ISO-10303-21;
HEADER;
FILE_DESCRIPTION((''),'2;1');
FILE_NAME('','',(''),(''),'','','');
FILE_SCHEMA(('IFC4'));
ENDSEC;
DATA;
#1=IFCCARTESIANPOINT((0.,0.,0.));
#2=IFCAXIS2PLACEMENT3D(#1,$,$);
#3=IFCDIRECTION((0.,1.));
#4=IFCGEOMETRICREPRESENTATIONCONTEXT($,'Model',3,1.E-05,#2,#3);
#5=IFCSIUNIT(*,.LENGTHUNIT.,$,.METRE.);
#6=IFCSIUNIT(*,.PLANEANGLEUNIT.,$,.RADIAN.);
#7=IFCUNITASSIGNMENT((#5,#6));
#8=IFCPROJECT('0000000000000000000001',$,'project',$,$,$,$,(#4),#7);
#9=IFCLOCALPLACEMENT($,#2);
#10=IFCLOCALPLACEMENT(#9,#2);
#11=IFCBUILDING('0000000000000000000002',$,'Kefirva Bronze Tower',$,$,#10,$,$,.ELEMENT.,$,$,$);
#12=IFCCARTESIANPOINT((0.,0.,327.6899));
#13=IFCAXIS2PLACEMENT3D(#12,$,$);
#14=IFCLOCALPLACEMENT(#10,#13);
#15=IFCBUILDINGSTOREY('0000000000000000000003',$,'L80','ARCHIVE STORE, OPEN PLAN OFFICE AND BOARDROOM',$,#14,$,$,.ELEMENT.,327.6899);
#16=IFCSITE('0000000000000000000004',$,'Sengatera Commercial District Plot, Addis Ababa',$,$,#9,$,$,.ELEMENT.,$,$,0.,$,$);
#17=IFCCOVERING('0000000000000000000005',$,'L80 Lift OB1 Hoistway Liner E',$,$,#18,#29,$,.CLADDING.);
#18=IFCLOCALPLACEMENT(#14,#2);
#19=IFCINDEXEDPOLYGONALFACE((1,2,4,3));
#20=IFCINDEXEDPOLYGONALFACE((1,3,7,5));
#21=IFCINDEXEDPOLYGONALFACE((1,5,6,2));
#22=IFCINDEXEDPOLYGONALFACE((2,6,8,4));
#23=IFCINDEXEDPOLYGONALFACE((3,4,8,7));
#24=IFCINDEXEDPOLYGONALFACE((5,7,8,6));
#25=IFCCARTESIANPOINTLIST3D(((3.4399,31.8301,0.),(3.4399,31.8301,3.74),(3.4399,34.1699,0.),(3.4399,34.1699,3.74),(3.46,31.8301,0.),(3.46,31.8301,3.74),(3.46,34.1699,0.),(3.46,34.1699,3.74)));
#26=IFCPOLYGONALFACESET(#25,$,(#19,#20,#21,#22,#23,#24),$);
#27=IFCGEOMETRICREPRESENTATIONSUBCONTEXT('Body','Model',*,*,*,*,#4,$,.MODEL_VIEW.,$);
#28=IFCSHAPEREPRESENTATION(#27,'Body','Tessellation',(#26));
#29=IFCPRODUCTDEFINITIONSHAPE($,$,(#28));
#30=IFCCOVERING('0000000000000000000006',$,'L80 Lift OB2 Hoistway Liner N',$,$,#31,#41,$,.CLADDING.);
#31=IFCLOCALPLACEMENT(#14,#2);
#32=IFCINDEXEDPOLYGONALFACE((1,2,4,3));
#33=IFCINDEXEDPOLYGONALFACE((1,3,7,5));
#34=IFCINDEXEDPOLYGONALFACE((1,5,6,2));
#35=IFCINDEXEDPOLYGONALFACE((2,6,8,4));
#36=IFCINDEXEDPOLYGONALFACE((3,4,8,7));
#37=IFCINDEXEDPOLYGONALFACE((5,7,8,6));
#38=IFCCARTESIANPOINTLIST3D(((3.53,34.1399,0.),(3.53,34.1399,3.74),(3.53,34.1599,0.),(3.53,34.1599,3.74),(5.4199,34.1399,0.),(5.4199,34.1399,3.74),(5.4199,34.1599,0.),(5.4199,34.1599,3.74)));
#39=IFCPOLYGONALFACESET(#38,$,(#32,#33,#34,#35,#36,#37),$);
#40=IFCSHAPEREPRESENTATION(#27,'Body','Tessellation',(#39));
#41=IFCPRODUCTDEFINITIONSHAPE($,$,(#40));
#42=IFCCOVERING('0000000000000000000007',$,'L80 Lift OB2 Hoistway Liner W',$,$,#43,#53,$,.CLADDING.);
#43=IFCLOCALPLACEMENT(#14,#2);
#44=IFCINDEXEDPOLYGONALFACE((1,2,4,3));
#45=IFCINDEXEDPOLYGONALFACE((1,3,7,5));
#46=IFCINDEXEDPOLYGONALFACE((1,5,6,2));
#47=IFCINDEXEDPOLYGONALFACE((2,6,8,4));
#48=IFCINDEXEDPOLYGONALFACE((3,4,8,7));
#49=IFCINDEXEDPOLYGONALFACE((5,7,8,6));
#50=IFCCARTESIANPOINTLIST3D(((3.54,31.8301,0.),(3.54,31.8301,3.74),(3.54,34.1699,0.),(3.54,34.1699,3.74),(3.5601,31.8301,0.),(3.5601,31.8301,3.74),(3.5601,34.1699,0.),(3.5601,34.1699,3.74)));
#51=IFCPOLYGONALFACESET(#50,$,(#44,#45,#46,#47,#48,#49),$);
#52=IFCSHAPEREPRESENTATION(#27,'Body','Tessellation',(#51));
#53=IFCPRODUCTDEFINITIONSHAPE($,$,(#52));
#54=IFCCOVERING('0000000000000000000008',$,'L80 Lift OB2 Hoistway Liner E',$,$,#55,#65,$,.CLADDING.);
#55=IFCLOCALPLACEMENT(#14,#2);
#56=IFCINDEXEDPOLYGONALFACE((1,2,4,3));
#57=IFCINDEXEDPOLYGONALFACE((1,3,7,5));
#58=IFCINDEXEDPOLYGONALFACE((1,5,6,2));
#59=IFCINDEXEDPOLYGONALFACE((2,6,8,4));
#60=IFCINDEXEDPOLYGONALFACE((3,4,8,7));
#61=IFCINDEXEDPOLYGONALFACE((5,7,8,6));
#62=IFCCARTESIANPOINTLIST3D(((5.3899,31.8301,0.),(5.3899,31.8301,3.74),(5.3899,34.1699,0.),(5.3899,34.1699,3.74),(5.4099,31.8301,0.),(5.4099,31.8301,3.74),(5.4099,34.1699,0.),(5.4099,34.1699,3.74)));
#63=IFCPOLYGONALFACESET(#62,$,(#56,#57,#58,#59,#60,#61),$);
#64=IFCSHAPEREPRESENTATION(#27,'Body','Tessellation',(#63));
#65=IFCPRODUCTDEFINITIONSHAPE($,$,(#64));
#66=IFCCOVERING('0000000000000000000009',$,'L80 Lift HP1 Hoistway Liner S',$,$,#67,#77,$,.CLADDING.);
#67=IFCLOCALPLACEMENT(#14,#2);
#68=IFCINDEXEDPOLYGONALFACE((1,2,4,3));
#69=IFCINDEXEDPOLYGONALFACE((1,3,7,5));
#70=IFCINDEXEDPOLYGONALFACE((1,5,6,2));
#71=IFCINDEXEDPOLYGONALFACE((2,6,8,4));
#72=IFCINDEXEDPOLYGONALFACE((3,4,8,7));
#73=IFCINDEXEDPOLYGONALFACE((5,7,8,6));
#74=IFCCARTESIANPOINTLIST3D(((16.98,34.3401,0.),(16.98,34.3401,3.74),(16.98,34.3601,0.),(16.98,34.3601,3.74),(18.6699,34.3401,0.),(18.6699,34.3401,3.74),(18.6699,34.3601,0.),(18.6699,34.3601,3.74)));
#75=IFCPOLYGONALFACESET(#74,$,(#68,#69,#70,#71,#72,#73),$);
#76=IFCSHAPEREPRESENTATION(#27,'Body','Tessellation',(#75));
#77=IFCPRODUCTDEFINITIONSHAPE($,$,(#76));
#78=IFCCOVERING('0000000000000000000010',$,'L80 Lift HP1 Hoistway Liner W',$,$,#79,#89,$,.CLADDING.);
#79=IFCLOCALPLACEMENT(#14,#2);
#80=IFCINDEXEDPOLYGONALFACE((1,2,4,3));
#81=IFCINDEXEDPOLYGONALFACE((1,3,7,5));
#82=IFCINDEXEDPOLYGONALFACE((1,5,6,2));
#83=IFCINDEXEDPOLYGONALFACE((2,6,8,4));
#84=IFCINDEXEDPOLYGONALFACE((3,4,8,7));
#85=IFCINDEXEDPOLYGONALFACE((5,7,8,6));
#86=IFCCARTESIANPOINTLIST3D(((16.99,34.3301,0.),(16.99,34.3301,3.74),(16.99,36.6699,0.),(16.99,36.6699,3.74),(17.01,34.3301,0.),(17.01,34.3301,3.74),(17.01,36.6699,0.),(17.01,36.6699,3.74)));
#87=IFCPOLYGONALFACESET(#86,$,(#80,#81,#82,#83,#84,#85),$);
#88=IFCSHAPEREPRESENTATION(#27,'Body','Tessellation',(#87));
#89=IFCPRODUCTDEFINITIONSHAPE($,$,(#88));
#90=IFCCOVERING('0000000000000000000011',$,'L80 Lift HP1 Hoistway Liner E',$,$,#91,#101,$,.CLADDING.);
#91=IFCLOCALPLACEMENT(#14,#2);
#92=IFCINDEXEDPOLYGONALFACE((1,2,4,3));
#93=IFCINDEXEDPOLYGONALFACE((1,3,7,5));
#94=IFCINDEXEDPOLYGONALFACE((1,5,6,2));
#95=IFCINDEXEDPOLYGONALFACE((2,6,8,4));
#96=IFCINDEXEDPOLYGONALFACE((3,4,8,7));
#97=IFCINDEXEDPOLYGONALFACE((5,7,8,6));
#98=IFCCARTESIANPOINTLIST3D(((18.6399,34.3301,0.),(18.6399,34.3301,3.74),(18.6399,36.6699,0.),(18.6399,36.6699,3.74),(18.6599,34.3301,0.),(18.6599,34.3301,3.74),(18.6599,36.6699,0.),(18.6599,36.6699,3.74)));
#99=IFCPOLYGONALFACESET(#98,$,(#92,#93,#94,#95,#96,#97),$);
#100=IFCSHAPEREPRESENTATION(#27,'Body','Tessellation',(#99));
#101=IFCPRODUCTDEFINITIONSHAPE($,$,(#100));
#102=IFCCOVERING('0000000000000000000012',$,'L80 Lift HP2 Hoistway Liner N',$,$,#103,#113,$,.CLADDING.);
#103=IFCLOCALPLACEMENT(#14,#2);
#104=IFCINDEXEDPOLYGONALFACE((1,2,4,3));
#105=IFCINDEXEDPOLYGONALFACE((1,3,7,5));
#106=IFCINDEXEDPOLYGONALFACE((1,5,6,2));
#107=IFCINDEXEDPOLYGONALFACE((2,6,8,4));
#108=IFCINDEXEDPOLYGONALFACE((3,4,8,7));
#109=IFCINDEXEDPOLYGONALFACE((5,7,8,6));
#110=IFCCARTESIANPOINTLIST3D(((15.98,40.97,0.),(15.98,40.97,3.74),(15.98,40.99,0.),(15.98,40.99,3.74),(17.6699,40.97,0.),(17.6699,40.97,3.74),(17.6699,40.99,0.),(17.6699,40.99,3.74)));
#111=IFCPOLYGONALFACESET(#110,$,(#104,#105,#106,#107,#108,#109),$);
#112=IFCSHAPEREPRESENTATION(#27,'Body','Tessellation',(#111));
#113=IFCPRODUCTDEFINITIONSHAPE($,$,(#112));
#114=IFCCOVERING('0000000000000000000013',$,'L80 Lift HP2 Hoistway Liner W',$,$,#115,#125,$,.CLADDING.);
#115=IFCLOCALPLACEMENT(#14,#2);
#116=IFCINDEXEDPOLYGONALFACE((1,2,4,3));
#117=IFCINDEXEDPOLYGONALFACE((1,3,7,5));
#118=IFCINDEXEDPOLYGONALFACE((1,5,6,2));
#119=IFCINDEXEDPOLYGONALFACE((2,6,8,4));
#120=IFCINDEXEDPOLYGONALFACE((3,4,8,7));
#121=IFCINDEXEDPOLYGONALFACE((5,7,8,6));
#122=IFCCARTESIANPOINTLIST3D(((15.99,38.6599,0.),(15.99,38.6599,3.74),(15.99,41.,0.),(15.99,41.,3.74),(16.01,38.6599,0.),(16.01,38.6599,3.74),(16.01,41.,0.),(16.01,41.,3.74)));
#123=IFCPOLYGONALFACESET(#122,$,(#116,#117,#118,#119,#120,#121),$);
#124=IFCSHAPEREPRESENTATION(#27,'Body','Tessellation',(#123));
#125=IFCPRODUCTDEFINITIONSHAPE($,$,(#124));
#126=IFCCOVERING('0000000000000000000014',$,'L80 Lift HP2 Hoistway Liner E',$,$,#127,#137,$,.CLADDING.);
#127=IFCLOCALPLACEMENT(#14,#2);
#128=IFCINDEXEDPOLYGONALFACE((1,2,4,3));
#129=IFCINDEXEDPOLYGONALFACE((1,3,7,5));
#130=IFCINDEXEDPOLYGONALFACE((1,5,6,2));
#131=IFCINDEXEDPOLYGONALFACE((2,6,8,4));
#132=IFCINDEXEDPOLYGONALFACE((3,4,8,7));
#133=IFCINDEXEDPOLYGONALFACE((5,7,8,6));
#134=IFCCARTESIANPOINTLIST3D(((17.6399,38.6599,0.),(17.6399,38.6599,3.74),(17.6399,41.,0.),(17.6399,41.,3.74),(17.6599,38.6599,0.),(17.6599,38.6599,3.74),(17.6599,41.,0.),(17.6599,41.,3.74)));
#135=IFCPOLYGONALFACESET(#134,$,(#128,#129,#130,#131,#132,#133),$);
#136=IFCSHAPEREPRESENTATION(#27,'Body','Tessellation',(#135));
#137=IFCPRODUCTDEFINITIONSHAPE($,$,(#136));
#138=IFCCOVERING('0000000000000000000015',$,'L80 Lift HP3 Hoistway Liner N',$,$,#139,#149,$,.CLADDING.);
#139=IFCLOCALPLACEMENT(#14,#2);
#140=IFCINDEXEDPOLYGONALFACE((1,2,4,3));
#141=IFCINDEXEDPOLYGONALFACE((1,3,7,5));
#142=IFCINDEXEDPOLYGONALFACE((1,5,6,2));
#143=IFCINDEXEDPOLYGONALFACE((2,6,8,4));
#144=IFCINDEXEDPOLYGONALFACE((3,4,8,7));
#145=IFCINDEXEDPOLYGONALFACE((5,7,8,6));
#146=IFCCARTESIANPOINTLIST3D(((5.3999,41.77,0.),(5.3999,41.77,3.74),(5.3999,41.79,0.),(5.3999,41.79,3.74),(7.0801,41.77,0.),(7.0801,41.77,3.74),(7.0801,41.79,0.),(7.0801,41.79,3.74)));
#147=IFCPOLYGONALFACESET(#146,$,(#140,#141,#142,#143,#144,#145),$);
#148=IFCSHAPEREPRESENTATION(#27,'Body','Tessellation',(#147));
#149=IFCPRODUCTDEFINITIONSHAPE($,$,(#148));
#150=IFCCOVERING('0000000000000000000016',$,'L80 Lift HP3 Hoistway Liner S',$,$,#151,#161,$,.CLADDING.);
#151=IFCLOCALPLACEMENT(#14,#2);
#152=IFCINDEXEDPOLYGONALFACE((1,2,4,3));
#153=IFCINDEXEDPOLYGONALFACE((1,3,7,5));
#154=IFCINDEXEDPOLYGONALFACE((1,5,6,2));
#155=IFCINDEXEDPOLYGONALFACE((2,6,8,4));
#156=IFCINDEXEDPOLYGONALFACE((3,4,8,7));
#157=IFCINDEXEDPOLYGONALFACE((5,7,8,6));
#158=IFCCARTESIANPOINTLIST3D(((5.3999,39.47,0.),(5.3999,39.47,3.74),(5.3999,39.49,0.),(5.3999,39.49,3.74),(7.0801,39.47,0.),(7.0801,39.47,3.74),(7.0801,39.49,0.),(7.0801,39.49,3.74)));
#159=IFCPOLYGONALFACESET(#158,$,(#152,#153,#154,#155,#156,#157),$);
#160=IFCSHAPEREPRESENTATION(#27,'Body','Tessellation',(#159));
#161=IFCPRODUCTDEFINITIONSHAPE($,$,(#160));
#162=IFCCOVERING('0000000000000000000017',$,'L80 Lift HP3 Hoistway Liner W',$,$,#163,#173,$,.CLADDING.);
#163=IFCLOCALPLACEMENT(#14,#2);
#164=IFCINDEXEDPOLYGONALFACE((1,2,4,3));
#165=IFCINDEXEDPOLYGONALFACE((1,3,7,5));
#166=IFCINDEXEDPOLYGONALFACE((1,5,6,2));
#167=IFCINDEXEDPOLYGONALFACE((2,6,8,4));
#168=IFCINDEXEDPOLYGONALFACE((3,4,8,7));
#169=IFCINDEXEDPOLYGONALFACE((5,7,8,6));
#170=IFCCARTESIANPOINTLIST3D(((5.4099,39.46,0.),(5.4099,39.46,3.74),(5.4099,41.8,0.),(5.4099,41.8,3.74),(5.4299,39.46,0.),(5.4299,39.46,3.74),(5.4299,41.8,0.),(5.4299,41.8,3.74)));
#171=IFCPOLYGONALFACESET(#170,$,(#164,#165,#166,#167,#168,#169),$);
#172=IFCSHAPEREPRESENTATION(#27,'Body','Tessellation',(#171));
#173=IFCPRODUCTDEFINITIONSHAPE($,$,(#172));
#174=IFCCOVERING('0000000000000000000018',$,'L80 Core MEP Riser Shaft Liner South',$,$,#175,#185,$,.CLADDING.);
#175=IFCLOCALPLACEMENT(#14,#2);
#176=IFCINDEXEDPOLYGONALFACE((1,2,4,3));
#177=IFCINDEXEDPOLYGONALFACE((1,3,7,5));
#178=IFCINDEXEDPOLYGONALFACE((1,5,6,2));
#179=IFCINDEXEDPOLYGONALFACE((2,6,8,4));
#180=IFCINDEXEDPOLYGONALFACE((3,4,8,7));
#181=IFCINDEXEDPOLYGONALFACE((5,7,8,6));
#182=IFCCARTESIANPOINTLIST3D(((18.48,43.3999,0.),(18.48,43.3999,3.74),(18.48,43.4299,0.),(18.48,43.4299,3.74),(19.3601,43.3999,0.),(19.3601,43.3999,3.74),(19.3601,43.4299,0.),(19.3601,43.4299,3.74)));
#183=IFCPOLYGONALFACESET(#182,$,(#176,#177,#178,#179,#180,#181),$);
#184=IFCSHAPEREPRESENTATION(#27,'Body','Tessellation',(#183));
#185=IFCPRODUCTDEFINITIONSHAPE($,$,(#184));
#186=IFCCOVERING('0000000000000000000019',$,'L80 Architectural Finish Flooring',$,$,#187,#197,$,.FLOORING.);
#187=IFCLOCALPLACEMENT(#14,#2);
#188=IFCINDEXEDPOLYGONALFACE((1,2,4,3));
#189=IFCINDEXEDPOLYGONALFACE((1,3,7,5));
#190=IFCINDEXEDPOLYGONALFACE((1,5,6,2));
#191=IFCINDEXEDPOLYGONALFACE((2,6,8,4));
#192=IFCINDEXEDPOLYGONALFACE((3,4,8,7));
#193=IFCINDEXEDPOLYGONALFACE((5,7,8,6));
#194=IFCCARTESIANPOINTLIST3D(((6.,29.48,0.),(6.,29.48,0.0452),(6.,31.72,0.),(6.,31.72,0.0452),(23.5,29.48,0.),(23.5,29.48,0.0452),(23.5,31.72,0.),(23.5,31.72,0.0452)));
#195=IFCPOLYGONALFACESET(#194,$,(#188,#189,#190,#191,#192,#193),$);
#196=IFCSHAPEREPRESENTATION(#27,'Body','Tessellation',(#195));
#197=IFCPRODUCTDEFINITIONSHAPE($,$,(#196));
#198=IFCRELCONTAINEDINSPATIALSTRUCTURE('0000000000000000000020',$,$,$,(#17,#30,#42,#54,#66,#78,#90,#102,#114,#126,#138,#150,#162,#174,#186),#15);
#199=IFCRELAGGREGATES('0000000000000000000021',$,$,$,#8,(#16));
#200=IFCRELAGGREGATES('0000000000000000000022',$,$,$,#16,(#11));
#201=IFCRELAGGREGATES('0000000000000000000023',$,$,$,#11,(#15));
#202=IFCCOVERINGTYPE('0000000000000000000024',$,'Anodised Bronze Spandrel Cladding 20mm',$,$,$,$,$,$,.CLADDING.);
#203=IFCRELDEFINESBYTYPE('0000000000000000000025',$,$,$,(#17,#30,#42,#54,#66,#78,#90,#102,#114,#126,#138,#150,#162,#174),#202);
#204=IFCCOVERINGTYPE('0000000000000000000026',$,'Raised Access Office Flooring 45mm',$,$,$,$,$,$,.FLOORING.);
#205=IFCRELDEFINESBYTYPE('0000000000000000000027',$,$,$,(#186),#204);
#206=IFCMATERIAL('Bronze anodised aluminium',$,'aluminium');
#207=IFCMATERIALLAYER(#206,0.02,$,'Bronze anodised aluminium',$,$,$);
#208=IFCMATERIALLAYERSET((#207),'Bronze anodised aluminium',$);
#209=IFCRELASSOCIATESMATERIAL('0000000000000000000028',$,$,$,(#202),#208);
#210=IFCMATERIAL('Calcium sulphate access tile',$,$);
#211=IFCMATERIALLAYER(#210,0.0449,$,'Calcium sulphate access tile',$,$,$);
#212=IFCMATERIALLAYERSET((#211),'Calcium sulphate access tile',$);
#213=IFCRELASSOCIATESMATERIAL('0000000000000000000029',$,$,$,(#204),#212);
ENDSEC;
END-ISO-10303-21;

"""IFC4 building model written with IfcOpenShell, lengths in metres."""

from ifc_helpers import new_model, si_unit, direction, frame, origin, place, context, subcontext, project, spatial, polyline, outline, extrude, material, layer, layer_set, type_object, element, save


model = new_model("IFC4")

# Units and contexts
model_context = context("Model", 3, precision=1e-05, world=origin(), true_north=direction((0.0, 1.0)))
body_context = subcontext(model_context, "Body", "Model", "MODEL_VIEW")
ifc_project = project(units=[si_unit("LENGTHUNIT", "METRE"), si_unit("PLANEANGLEUNIT", "RADIAN")], contexts=[model_context])

# Site, building, storey
site_placement = place(None, origin())
site = spatial("IfcSite", under=ifc_project, at=site_placement, Name="Sengatera Commercial District Plot, Addis Ababa", CompositionType="ELEMENT", RefElevation=0.0)
building_placement = place(site_placement, origin())
building = spatial("IfcBuilding", under=site, at=building_placement, Name="Kefirva Bronze Tower", CompositionType="ELEMENT")
storey_placement = place(building_placement, frame((0.0, 0.0, 327.6899)))
storey = spatial("IfcBuildingStorey", under=building, at=storey_placement, Name="L80", Description="ARCHIVE STORE, OPEN PLAN OFFICE AND BOARDROOM", CompositionType="ELEMENT", Elevation=327.6899)

# Coverings
ifc_material_1 = material(Name="Bronze anodised aluminium", Category="aluminium")
ifc_layer_1 = layer(ifc_material_1, 0.02, Name="Bronze anodised aluminium")
ifc_layer_set_1 = layer_set([ifc_layer_1], Name="Bronze anodised aluminium")
covering_type_1 = type_object("IfcCoveringType", Name="Anodised Bronze Spandrel Cladding 20mm", PredefinedType="CLADDING", material=ifc_layer_set_1)
covering_1_placement = place(storey_placement, origin())
element("IfcCovering", 1, at=covering_1_placement, inside=storey, type_object=covering_type_1, Name="L80 Lift OB1 Hoistway Liner E", PredefinedType="CLADDING", context=body_context, shape_type="SweptSolid", body=[
    extrude(outline(polyline([(3.4399, 31.8301), (3.46, 31.8301), (3.46, 34.1699), (3.4399, 34.1699), (3.4399, 31.8301)])), origin(), (0.0, 0.0, 1.0), 3.74),
])
covering_2_placement = place(storey_placement, origin())
element("IfcCovering", 2, at=covering_2_placement, inside=storey, type_object=covering_type_1, Name="L80 Lift OB2 Hoistway Liner N", PredefinedType="CLADDING", context=body_context, shape_type="SweptSolid", body=[
    extrude(outline(polyline([(3.53, 34.1399), (5.4199, 34.1399), (5.4199, 34.1599), (3.53, 34.1599), (3.53, 34.1399)])), origin(), (0.0, 0.0, 1.0), 3.74),
])
covering_3_placement = place(storey_placement, origin())
element("IfcCovering", 3, at=covering_3_placement, inside=storey, type_object=covering_type_1, Name="L80 Lift OB2 Hoistway Liner W", PredefinedType="CLADDING", context=body_context, shape_type="SweptSolid", body=[
    extrude(outline(polyline([(3.54, 31.8301), (3.5601, 31.8301), (3.5601, 34.1699), (3.54, 34.1699), (3.54, 31.8301)])), origin(), (0.0, 0.0, 1.0), 3.74),
])
covering_4_placement = place(storey_placement, origin())
element("IfcCovering", 4, at=covering_4_placement, inside=storey, type_object=covering_type_1, Name="L80 Lift OB2 Hoistway Liner E", PredefinedType="CLADDING", context=body_context, shape_type="SweptSolid", body=[
    extrude(outline(polyline([(5.3899, 31.8301), (5.4099, 31.8301), (5.4099, 34.1699), (5.3899, 34.1699), (5.3899, 31.8301)])), origin(), (0.0, 0.0, 1.0), 3.74),
])
covering_5_placement = place(storey_placement, origin())
element("IfcCovering", 5, at=covering_5_placement, inside=storey, type_object=covering_type_1, Name="L80 Lift HP1 Hoistway Liner S", PredefinedType="CLADDING", context=body_context, shape_type="SweptSolid", body=[
    extrude(outline(polyline([(16.98, 34.3401), (18.6699, 34.3401), (18.6699, 34.3601), (16.98, 34.3601), (16.98, 34.3401)])), origin(), (0.0, 0.0, 1.0), 3.74),
])
covering_6_placement = place(storey_placement, origin())
element("IfcCovering", 6, at=covering_6_placement, inside=storey, type_object=covering_type_1, Name="L80 Lift HP1 Hoistway Liner W", PredefinedType="CLADDING", context=body_context, shape_type="SweptSolid", body=[
    extrude(outline(polyline([(16.99, 34.3301), (17.01, 34.3301), (17.01, 36.6699), (16.99, 36.6699), (16.99, 34.3301)])), origin(), (0.0, 0.0, 1.0), 3.74),
])
covering_7_placement = place(storey_placement, origin())
element("IfcCovering", 7, at=covering_7_placement, inside=storey, type_object=covering_type_1, Name="L80 Lift HP1 Hoistway Liner E", PredefinedType="CLADDING", context=body_context, shape_type="SweptSolid", body=[
    extrude(outline(polyline([(18.6399, 34.3301), (18.6599, 34.3301), (18.6599, 36.6699), (18.6399, 36.6699), (18.6399, 34.3301)])), origin(), (0.0, 0.0, 1.0), 3.74),
])
covering_8_placement = place(storey_placement, origin())
element("IfcCovering", 8, at=covering_8_placement, inside=storey, type_object=covering_type_1, Name="L80 Lift HP2 Hoistway Liner N", PredefinedType="CLADDING", context=body_context, shape_type="SweptSolid", body=[
    extrude(outline(polyline([(15.98, 40.97), (17.6699, 40.97), (17.6699, 40.99), (15.98, 40.99), (15.98, 40.97)])), origin(), (0.0, 0.0, 1.0), 3.74),
])
covering_9_placement = place(storey_placement, origin())
element("IfcCovering", 9, at=covering_9_placement, inside=storey, type_object=covering_type_1, Name="L80 Lift HP2 Hoistway Liner W", PredefinedType="CLADDING", context=body_context, shape_type="SweptSolid", body=[
    extrude(outline(polyline([(15.99, 38.6599), (16.01, 38.6599), (16.01, 41.0), (15.99, 41.0), (15.99, 38.6599)])), origin(), (0.0, 0.0, 1.0), 3.74),
])
covering_10_placement = place(storey_placement, origin())
element("IfcCovering", 10, at=covering_10_placement, inside=storey, type_object=covering_type_1, Name="L80 Lift HP2 Hoistway Liner E", PredefinedType="CLADDING", context=body_context, shape_type="SweptSolid", body=[
    extrude(outline(polyline([(17.6399, 38.6599), (17.6599, 38.6599), (17.6599, 41.0), (17.6399, 41.0), (17.6399, 38.6599)])), origin(), (0.0, 0.0, 1.0), 3.74),
])
covering_11_placement = place(storey_placement, origin())
element("IfcCovering", 11, at=covering_11_placement, inside=storey, type_object=covering_type_1, Name="L80 Lift HP3 Hoistway Liner N", PredefinedType="CLADDING", context=body_context, shape_type="SweptSolid", body=[
    extrude(outline(polyline([(5.3999, 41.77), (7.0801, 41.77), (7.0801, 41.79), (5.3999, 41.79), (5.3999, 41.77)])), origin(), (0.0, 0.0, 1.0), 3.74),
])
covering_12_placement = place(storey_placement, origin())
element("IfcCovering", 12, at=covering_12_placement, inside=storey, type_object=covering_type_1, Name="L80 Lift HP3 Hoistway Liner S", PredefinedType="CLADDING", context=body_context, shape_type="SweptSolid", body=[
    extrude(outline(polyline([(5.3999, 39.47), (7.0801, 39.47), (7.0801, 39.49), (5.3999, 39.49), (5.3999, 39.47)])), origin(), (0.0, 0.0, 1.0), 3.74),
])
covering_13_placement = place(storey_placement, origin())
element("IfcCovering", 13, at=covering_13_placement, inside=storey, type_object=covering_type_1, Name="L80 Lift HP3 Hoistway Liner W", PredefinedType="CLADDING", context=body_context, shape_type="SweptSolid", body=[
    extrude(outline(polyline([(5.4099, 39.46), (5.4299, 39.46), (5.4299, 41.8), (5.4099, 41.8), (5.4099, 39.46)])), origin(), (0.0, 0.0, 1.0), 3.74),
])
covering_14_placement = place(storey_placement, origin())
element("IfcCovering", 14, at=covering_14_placement, inside=storey, type_object=covering_type_1, Name="L80 Core MEP Riser Shaft Liner South", PredefinedType="CLADDING", context=body_context, shape_type="SweptSolid", body=[
    extrude(outline(polyline([(18.48, 43.3999), (19.3601, 43.3999), (19.3601, 43.4299), (18.48, 43.4299), (18.48, 43.3999)])), origin(), (0.0, 0.0, 1.0), 3.74),
])
ifc_material_2 = material(Name="Calcium sulphate access tile")
ifc_layer_2 = layer(ifc_material_2, 0.0449, Name="Calcium sulphate access tile")
ifc_layer_set_2 = layer_set([ifc_layer_2], Name="Calcium sulphate access tile")
covering_type_2 = type_object("IfcCoveringType", Name="Raised Access Office Flooring 45mm", PredefinedType="FLOORING", material=ifc_layer_set_2)
covering_15_placement = place(storey_placement, origin())
element("IfcCovering", 15, at=covering_15_placement, inside=storey, type_object=covering_type_2, Name="L80 Architectural Finish Flooring", PredefinedType="FLOORING", context=body_context, shape_type="SweptSolid", body=[
    extrude(outline(polyline([(6.0, 29.48), (23.5, 29.48), (23.5, 31.72), (6.0, 31.72), (6.0, 29.48)])), origin(), (0.0, 0.0, 1.0), 0.0452),
])

save(model, "model.ifc")
